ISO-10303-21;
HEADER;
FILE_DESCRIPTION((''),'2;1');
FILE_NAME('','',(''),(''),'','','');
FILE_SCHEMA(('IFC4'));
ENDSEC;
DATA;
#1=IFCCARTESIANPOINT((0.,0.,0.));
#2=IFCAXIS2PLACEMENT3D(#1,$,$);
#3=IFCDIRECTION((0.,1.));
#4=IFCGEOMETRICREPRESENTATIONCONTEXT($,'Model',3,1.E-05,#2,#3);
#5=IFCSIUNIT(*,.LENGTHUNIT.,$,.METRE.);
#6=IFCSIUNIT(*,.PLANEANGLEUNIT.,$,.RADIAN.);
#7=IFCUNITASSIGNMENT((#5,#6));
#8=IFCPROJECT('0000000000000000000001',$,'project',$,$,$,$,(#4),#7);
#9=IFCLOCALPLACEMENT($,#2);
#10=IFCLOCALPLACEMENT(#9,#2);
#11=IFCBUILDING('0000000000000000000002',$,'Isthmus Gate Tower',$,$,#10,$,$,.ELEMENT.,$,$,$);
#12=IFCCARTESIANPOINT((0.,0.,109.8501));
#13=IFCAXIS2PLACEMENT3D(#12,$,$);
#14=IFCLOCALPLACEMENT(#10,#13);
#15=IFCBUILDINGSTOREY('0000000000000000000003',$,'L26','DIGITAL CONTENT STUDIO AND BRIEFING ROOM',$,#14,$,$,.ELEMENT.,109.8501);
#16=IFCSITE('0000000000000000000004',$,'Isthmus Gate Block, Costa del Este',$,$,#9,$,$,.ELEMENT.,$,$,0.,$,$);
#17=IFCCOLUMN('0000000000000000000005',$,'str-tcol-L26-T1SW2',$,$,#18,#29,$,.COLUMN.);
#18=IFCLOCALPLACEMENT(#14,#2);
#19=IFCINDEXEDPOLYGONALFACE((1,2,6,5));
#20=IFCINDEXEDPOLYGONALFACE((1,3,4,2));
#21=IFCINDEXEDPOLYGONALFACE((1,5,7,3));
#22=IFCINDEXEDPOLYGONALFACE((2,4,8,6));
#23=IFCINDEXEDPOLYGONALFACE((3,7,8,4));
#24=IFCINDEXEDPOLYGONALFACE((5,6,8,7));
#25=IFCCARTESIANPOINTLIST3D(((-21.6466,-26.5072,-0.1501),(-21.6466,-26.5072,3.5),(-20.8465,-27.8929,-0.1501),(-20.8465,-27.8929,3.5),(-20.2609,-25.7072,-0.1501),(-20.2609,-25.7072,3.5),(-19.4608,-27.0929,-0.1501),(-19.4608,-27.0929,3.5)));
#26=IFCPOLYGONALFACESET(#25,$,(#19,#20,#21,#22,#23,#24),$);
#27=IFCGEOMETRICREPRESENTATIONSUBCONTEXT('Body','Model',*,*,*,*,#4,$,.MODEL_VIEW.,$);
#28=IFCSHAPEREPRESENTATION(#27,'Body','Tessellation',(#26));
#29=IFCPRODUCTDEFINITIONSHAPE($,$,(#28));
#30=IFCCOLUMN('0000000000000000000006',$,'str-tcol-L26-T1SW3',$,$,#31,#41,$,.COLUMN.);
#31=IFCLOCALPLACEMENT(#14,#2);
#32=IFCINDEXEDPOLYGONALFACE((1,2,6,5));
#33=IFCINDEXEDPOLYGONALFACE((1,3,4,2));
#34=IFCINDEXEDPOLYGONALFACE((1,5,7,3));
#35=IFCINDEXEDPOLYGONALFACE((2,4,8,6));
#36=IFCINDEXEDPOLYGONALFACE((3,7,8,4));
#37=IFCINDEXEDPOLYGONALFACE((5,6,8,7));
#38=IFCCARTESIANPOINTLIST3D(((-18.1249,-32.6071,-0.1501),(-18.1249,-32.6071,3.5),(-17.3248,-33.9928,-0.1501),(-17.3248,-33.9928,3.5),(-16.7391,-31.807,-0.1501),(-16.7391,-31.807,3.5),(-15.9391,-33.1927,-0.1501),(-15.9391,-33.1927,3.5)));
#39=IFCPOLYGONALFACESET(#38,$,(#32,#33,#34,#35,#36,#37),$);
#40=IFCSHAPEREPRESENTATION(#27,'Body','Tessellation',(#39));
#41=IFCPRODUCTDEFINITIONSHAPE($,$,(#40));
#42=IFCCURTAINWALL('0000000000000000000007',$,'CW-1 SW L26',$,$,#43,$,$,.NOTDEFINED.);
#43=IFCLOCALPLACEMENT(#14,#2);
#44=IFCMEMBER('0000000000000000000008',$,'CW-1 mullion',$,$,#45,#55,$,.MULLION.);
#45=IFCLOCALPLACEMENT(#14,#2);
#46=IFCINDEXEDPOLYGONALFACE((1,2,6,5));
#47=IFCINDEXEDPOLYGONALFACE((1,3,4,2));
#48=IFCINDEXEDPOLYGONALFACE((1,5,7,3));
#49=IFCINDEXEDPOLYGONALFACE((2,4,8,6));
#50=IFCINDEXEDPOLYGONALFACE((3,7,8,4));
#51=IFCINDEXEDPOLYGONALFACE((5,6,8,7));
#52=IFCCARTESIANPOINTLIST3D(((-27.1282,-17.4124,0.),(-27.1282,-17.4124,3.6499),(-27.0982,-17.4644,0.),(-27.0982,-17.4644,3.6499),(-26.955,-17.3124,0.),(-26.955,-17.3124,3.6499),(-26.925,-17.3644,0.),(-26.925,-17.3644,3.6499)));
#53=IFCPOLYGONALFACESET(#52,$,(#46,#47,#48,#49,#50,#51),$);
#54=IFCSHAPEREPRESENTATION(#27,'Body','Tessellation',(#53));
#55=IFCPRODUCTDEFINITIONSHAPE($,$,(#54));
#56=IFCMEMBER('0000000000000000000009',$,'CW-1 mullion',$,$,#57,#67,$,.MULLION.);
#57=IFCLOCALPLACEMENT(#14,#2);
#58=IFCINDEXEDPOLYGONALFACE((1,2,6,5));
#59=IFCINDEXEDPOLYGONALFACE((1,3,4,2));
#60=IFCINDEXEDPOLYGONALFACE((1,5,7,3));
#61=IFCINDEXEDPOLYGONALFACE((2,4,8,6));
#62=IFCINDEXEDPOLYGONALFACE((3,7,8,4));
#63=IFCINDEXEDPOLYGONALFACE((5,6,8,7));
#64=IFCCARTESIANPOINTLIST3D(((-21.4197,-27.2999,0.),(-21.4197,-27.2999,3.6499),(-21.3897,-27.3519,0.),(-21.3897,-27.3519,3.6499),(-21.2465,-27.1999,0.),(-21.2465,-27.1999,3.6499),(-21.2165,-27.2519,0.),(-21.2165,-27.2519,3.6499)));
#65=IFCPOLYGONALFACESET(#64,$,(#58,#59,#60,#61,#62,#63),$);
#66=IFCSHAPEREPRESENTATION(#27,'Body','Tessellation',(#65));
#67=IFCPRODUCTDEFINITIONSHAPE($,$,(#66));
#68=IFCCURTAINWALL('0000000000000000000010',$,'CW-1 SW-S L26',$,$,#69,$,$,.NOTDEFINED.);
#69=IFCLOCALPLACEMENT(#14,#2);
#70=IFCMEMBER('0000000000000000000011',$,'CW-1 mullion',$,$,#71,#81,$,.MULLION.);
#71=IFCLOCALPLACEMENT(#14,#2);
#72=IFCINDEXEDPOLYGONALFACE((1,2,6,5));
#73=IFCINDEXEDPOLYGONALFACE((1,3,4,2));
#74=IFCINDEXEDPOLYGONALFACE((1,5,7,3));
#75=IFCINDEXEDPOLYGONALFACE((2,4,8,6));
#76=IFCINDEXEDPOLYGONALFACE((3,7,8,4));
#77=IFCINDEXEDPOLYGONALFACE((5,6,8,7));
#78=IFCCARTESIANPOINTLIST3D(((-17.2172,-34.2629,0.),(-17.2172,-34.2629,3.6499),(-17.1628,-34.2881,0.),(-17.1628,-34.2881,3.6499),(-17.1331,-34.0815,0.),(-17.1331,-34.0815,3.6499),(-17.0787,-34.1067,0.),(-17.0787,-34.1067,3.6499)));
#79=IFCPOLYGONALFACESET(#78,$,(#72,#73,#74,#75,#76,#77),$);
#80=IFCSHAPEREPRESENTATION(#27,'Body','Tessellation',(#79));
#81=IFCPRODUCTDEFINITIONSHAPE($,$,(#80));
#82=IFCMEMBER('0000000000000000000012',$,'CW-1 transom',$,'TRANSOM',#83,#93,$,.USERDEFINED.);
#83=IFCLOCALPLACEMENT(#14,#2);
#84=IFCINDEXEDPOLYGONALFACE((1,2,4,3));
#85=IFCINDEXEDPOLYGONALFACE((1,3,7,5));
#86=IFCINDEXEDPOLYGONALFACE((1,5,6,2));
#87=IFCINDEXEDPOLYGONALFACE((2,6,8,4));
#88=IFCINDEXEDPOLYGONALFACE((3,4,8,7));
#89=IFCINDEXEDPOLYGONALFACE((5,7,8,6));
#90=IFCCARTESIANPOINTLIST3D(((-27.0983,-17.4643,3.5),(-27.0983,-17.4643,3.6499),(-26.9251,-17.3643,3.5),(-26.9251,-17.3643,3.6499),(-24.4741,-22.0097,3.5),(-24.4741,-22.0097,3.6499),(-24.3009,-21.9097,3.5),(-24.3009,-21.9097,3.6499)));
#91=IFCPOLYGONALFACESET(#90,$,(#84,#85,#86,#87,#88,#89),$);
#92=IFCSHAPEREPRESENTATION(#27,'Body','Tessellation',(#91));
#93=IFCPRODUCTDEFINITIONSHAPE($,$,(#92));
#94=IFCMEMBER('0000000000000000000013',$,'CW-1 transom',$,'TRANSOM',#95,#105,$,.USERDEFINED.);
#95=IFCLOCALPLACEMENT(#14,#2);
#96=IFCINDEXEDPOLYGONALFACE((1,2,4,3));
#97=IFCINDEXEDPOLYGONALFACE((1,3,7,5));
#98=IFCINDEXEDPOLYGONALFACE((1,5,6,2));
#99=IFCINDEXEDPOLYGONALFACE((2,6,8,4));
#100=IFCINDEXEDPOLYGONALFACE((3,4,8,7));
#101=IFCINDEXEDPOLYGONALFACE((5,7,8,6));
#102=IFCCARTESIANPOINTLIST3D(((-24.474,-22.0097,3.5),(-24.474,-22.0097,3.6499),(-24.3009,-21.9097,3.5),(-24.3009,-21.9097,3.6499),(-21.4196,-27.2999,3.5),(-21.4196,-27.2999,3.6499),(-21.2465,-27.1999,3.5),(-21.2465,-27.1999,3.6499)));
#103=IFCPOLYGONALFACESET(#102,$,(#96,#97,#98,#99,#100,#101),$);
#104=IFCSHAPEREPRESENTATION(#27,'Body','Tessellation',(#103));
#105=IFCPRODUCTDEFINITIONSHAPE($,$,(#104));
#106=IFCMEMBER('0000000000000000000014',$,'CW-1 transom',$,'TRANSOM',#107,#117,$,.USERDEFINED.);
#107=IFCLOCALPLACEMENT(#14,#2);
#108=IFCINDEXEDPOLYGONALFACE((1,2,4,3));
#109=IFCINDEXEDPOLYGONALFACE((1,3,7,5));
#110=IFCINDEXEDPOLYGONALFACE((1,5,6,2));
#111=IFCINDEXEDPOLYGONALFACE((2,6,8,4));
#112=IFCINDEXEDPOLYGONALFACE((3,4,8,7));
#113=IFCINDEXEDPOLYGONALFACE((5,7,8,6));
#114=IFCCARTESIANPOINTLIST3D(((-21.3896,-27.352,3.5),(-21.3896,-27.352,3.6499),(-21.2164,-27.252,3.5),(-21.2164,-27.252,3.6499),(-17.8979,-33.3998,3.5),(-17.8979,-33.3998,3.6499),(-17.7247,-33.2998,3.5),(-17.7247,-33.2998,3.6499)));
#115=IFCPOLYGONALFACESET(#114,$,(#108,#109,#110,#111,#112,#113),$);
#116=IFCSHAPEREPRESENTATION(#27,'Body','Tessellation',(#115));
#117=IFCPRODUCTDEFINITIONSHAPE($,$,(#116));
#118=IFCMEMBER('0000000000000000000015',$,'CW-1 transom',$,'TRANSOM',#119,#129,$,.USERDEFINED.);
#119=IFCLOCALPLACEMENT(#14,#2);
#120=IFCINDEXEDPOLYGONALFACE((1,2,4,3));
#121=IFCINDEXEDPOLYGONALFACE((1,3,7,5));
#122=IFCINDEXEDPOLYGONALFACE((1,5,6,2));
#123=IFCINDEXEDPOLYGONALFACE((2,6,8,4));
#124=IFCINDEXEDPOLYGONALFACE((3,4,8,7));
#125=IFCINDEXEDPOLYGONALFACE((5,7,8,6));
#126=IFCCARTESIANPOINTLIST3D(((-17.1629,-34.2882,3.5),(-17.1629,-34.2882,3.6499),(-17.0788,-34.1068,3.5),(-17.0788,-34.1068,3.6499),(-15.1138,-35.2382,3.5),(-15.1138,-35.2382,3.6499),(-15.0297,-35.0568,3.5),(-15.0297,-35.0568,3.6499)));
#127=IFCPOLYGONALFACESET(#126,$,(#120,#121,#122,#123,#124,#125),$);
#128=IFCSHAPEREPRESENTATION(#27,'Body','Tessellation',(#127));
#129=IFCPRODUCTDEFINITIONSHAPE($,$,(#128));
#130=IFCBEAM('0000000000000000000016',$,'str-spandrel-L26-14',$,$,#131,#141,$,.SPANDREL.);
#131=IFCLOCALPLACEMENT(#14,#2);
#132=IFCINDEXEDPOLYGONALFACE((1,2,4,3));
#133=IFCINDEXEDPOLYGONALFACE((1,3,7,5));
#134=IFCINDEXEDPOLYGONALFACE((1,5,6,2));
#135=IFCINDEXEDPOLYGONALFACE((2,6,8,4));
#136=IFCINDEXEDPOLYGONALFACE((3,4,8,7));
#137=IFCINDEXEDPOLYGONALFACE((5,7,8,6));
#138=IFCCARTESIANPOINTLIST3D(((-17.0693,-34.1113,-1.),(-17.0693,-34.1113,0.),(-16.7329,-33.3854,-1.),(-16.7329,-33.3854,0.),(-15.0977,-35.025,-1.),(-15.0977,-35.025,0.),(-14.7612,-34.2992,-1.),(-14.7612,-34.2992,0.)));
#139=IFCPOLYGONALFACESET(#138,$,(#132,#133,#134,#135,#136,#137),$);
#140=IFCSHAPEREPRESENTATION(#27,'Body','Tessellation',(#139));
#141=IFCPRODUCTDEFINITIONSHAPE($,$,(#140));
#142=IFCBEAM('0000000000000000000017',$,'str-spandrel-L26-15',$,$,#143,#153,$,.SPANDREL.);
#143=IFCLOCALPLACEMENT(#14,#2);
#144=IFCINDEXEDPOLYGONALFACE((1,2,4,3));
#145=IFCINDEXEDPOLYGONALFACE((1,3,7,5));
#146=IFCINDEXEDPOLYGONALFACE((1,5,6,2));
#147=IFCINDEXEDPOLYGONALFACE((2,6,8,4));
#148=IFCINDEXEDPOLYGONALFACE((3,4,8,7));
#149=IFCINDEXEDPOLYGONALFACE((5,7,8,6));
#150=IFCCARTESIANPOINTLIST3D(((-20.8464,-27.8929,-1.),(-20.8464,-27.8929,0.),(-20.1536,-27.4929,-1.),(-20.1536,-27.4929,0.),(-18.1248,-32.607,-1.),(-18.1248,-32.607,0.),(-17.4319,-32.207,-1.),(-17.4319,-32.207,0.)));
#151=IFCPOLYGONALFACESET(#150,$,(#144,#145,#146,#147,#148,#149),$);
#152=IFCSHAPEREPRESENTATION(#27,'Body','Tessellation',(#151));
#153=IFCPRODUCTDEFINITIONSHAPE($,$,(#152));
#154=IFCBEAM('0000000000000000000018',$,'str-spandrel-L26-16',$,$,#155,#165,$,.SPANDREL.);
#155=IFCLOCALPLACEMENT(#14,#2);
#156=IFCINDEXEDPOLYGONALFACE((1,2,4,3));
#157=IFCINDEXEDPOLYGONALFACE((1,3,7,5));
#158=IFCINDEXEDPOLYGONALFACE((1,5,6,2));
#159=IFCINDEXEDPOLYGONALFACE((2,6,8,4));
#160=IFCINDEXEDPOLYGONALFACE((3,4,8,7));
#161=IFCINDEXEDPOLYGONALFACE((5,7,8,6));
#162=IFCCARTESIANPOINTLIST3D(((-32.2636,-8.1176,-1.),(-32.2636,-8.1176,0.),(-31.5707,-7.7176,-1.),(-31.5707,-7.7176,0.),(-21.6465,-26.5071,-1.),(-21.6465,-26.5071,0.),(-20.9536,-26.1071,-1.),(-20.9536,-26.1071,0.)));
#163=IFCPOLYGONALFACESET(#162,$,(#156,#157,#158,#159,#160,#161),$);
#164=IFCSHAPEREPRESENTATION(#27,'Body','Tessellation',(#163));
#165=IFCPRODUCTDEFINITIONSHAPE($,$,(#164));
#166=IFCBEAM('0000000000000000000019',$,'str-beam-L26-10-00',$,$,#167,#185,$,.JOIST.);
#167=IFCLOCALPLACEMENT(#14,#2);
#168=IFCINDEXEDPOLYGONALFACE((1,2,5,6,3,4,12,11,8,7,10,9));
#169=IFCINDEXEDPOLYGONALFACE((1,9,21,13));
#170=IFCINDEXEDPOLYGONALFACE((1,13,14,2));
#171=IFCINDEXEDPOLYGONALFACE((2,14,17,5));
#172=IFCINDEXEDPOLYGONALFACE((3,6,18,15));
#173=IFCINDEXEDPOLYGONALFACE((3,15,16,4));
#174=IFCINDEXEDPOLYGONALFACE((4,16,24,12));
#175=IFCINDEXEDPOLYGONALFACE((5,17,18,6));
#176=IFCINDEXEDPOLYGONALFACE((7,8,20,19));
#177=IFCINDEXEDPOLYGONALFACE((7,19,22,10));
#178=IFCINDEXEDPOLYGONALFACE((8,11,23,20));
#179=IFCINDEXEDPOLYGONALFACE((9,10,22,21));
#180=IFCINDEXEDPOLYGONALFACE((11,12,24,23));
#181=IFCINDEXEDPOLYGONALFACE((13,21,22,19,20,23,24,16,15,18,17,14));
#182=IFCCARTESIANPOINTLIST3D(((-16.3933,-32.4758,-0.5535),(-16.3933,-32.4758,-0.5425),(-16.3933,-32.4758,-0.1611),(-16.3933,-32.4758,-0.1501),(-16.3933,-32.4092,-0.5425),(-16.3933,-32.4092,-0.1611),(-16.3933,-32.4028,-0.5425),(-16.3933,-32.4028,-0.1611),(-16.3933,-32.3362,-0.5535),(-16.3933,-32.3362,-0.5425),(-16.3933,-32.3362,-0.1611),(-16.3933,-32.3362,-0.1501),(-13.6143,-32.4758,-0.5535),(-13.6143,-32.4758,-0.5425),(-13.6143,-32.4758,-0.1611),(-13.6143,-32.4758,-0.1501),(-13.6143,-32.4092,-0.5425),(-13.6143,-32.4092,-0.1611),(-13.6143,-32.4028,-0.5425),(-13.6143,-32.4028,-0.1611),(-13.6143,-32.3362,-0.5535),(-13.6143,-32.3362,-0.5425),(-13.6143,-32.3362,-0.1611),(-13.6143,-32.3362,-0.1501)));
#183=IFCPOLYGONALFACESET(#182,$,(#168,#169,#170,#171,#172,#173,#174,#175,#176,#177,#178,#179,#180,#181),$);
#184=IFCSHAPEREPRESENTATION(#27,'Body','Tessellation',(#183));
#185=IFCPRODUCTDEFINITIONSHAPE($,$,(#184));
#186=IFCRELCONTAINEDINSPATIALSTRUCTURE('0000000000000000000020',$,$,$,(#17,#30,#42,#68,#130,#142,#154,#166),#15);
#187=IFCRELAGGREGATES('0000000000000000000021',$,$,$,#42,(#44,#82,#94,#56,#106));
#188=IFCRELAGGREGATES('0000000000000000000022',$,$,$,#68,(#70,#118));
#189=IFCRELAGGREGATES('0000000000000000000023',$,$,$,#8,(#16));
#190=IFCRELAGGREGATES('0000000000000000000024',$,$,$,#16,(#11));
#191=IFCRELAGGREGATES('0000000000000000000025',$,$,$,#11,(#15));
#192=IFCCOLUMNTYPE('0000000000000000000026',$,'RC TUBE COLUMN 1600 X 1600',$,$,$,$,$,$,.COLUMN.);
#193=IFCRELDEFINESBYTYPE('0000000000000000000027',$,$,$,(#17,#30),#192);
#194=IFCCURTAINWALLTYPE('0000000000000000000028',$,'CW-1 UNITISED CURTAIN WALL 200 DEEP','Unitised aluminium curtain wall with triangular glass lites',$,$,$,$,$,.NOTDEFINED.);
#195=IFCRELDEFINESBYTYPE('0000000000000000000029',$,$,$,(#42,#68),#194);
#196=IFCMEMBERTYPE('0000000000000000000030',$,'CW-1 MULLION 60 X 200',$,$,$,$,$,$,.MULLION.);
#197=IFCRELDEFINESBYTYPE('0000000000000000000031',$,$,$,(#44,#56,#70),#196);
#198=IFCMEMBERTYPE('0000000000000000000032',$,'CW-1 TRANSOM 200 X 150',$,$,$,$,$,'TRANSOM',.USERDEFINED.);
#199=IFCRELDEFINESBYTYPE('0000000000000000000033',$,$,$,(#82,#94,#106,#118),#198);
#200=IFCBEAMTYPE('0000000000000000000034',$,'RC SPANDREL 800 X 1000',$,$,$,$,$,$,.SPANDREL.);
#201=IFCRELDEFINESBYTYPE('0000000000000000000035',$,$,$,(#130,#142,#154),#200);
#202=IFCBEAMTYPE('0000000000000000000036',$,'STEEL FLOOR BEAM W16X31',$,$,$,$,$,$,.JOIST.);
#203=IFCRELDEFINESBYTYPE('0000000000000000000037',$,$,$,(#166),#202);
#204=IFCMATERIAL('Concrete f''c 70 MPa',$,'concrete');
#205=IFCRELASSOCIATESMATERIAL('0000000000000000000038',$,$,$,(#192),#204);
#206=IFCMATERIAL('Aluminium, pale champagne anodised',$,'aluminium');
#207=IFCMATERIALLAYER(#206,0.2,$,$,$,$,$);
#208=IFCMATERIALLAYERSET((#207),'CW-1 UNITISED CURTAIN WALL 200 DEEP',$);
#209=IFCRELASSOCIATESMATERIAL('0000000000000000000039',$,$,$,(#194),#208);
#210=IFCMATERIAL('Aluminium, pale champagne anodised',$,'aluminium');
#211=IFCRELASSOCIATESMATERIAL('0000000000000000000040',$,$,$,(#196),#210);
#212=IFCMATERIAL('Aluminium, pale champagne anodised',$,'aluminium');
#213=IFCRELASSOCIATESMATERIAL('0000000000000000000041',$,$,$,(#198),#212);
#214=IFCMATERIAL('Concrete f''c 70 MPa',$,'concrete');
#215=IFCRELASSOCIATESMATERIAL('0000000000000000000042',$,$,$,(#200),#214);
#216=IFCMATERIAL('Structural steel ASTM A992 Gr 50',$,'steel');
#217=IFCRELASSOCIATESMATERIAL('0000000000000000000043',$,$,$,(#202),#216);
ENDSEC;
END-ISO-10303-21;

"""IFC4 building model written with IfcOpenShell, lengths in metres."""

from ifc_helpers import new_model, si_unit, direction, frame, origin, origin_2d, place, context, subcontext, project, spatial, rectangle, i_section, extrude, material, layer, layer_set, material_profile, profile_set, type_object, element, aggregate, save


model = new_model("IFC4")

# Units and contexts
model_context = context("Model", 3, precision=1e-05, world=origin(), true_north=direction((0.0, 1.0)))
body_context = subcontext(model_context, "Body", "Model", "MODEL_VIEW")
ifc_project = project(units=[si_unit("LENGTHUNIT", "METRE"), si_unit("PLANEANGLEUNIT", "RADIAN")], contexts=[model_context])

# Site, building, storey
site_placement = place(None, origin())
site = spatial("IfcSite", under=ifc_project, at=site_placement, Name="Isthmus Gate Block, Costa del Este", CompositionType="ELEMENT", RefElevation=0.0)
building_placement = place(site_placement, origin())
building = spatial("IfcBuilding", under=site, at=building_placement, Name="Isthmus Gate Tower", CompositionType="ELEMENT")
storey_placement = place(building_placement, frame((0.0, 0.0, 109.8501)))
storey = spatial("IfcBuildingStorey", under=building, at=storey_placement, Name="L26", Description="DIGITAL CONTENT STUDIO AND BRIEFING ROOM", CompositionType="ELEMENT", Elevation=109.8501)

# Columns
ifc_material_1 = material(Name="Concrete f'c 70 MPa", Category="concrete")
ifc_material_profile_1 = material_profile(ifc_material_1, rectangle(XDim=1.6001, YDim=1.6001, at=origin_2d()), Name="RC 1600X1600")
ifc_profile_set_1 = profile_set([ifc_material_profile_1], Name="Concrete f'c 70 MPa")
column_type = type_object("IfcColumnType", Name="RC TUBE COLUMN 1600 X 1600", PredefinedType="COLUMN", material=ifc_profile_set_1)
for number, where, z_axis, x_axis, name in (
    (1, (-20.5537, -26.8, -0.1501), (0.0, 0.0, 1.0), (0.5, -0.866025, 0.0), "str-tcol-L26-T1SW2"),
    (2, (-17.032, -32.8999, -0.1501), (0.0, 0.0, 1.0), (0.5, -0.866025, 0.0), "str-tcol-L26-T1SW3"),
):
    element("IfcColumn", number, at=place(storey_placement, frame(where, z_axis=z_axis, x_axis=x_axis)), inside=storey, type_object=column_type, Name=name, PredefinedType="COLUMN", context=body_context, shape_type="SweptSolid", body=[
        extrude(rectangle(XDim=1.6001, YDim=1.6001, at=origin_2d()), origin(), (0.0, 0.0, 1.0), 3.6501),
    ])

# Curtain wall, members
ifc_material_2 = material(Name="Aluminium, pale champagne anodised", Category="aluminium")
ifc_layer_1 = layer(ifc_material_2, 0.2)
ifc_layer_set_1 = layer_set([ifc_layer_1], Name="CW-1 UNITISED CURTAIN WALL 200 DEEP")
curtain_wall_type = type_object("IfcCurtainWallType", Name="CW-1 UNITISED CURTAIN WALL 200 DEEP", Description="Unitised aluminium curtain wall with triangular glass lites", PredefinedType="NOTDEFINED", material=ifc_layer_set_1)
curtain_wall_1_placement = place(storey_placement, origin())
curtain_wall_1 = element("IfcCurtainWall", 3, at=curtain_wall_1_placement, inside=storey, type_object=curtain_wall_type, Name="CW-1 SW L26", PredefinedType="NOTDEFINED")
ifc_material_3 = material(Name="Aluminium, pale champagne anodised", Category="aluminium")
ifc_material_profile_2 = material_profile(ifc_material_3, rectangle(XDim=0.0601, YDim=0.2, at=origin_2d()), Name="60x200")
ifc_profile_set_2 = profile_set([ifc_material_profile_2], Name="Aluminium, pale champagne anodised")
member_type_1 = type_object("IfcMemberType", Name="CW-1 MULLION 60 X 200", PredefinedType="MULLION", material=ifc_profile_set_2)
member_1_placement = place(storey_placement, frame((-27.0266, -17.3884, 0.0), z_axis=(0.0, 0.0, 1.0), x_axis=(0.5, -0.866025, 0.0)))
member_1 = element("IfcMember", 4, at=member_1_placement, type_object=member_type_1, Name="CW-1 mullion", PredefinedType="MULLION", context=body_context, shape_type="SweptSolid", body=[
    extrude(rectangle(XDim=0.0601, YDim=0.2, at=origin_2d()), origin(), (0.0, 0.0, 1.0), 3.6499),
])
member_2_placement = place(storey_placement, frame((-21.3181, -27.2759, 0.0), z_axis=(0.0, 0.0, 1.0), x_axis=(0.5, -0.866025, 0.0)))
member_2 = element("IfcMember", 5, at=member_2_placement, type_object=member_type_1, Name="CW-1 mullion", PredefinedType="MULLION", context=body_context, shape_type="SweptSolid", body=[
    extrude(rectangle(XDim=0.0601, YDim=0.2, at=origin_2d()), origin(), (0.0, 0.0, 1.0), 3.6499),
])

# Curtain wall, member
curtain_wall_2_placement = place(storey_placement, origin())
curtain_wall_2 = element("IfcCurtainWall", 6, at=curtain_wall_2_placement, inside=storey, type_object=curtain_wall_type, Name="CW-1 SW-S L26", PredefinedType="NOTDEFINED")
member_3_placement = place(storey_placement, frame((-17.1479, -34.1848, 0.0), z_axis=(0.0, 0.0, 1.0), x_axis=(0.907256, -0.420578, 0.0)))
member_3 = element("IfcMember", 7, at=member_3_placement, type_object=member_type_1, Name="CW-1 mullion", PredefinedType="MULLION", context=body_context, shape_type="SweptSolid", body=[
    extrude(rectangle(XDim=0.0601, YDim=0.2, at=origin_2d()), origin(), (0.0, 0.0, 1.0), 3.6499),
])

# Members
ifc_material_4 = material(Name="Aluminium, pale champagne anodised", Category="aluminium")
ifc_material_profile_3 = material_profile(ifc_material_4, rectangle(XDim=0.2, YDim=0.1499, at=origin_2d()), Name="200x150")
ifc_profile_set_3 = profile_set([ifc_material_profile_3], Name="Aluminium, pale champagne anodised")
member_type_2 = type_object("IfcMemberType", Name="CW-1 TRANSOM 200 X 150", ElementType="TRANSOM", PredefinedType="USERDEFINED", material=ifc_profile_set_3)
member_4_placement = place(storey_placement, frame((-27.0117, -17.4143, 3.575), z_axis=(0.499996, -0.866028, 0.0), x_axis=(0.866028, 0.499996, 0.0)))
member_4 = element("IfcMember", 8, at=member_4_placement, type_object=member_type_2, Name="CW-1 transom", ObjectType="TRANSOM", PredefinedType="USERDEFINED", context=body_context, shape_type="SweptSolid", body=[
    extrude(rectangle(XDim=0.2, YDim=0.1499, at=origin_2d()), origin(), (0.0, 0.0, 1.0), 5.2485),
])
member_5_placement = place(storey_placement, frame((-24.3875, -21.9597, 3.575), z_axis=(0.500012, -0.866019, 0.0), x_axis=(0.866019, 0.500012, 0.0)))
member_5 = element("IfcMember", 9, at=member_5_placement, type_object=member_type_2, Name="CW-1 transom", ObjectType="TRANSOM", PredefinedType="USERDEFINED", context=body_context, shape_type="SweptSolid", body=[
    extrude(rectangle(XDim=0.2, YDim=0.1499, at=origin_2d()), origin(), (0.0, 0.0, 1.0), 6.1086),
])
member_6_placement = place(storey_placement, frame((-21.303, -27.302, 3.575), z_axis=(0.499997, -0.866027, 0.0), x_axis=(0.866027, 0.499997, 0.0)))
member_6 = element("IfcMember", 10, at=member_6_placement, type_object=member_type_2, Name="CW-1 transom", ObjectType="TRANSOM", PredefinedType="USERDEFINED", context=body_context, shape_type="SweptSolid", body=[
    extrude(rectangle(XDim=0.2, YDim=0.1499, at=origin_2d()), origin(), (0.0, 0.0, 1.0), 6.9834),
])
member_7_placement = place(storey_placement, frame((-17.1208, -34.1975, 3.575), z_axis=(0.907246, -0.4206, 0.0), x_axis=(0.4206, 0.907246, 0.0)))
member_7 = element("IfcMember", 11, at=member_7_placement, type_object=member_type_2, Name="CW-1 transom", ObjectType="TRANSOM", PredefinedType="USERDEFINED", context=body_context, shape_type="SweptSolid", body=[
    extrude(rectangle(XDim=0.2, YDim=0.1499, at=origin_2d()), origin(), (0.0, 0.0, 1.0), 2.2585),
])

# Beams
ifc_material_5 = material(Name="Concrete f'c 70 MPa", Category="concrete")
ifc_material_profile_4 = material_profile(ifc_material_5, rectangle(XDim=0.8, YDim=1.0, at=origin_2d()), Name="RC 800X1000")
ifc_profile_set_4 = profile_set([ifc_material_profile_4], Name="Concrete f'c 70 MPa")
beam_type_1 = type_object("IfcBeamType", Name="RC SPANDREL 800 X 1000", PredefinedType="SPANDREL", material=ifc_profile_set_4)
beam_1_placement = place(storey_placement, frame((-14.9294, -34.6621, -0.5), z_axis=(-0.907291, 0.420504, 0.0), x_axis=(-0.420504, -0.907291, 0.0)))
element("IfcBeam", 12, at=beam_1_placement, inside=storey, type_object=beam_type_1, Name="str-spandrel-L26-14", PredefinedType="SPANDREL", context=body_context, shape_type="SweptSolid", body=[
    extrude(rectangle(XDim=0.8, YDim=1.0, at=origin_2d()), origin(), (0.0, 0.0, 1.0), 2.1731),
])
beam_2_placement = place(storey_placement, frame((-17.7783, -32.407, -0.5), z_axis=(-0.499998, 0.866026, 0.0), x_axis=(-0.866026, -0.499998, 0.0)))
element("IfcBeam", 13, at=beam_2_placement, inside=storey, type_object=beam_type_1, Name="str-spandrel-L26-15", PredefinedType="SPANDREL", context=body_context, shape_type="SweptSolid", body=[
    extrude(rectangle(XDim=0.8, YDim=1.0, at=origin_2d()), origin(), (0.0, 0.0, 1.0), 5.4434),
])
beam_3_placement = place(storey_placement, frame((-21.3, -26.3071, -0.5), z_axis=(-0.499997, 0.866027, 0.0), x_axis=(-0.866027, -0.499997, 0.0)))
element("IfcBeam", 14, at=beam_3_placement, inside=storey, type_object=beam_type_1, Name="str-spandrel-L26-16", PredefinedType="SPANDREL", context=body_context, shape_type="SweptSolid", body=[
    extrude(rectangle(XDim=0.8, YDim=1.0, at=origin_2d()), origin(), (0.0, 0.0, 1.0), 21.2344),
])
ifc_material_6 = material(Name="Structural steel ASTM A992 Gr 50", Category="steel")
ifc_material_profile_5 = material_profile(ifc_material_6, i_section(OverallWidth=0.1396, OverallDepth=0.4033, WebThickness=0.0063, FlangeThickness=0.011, at=origin_2d()), Name="W16X31")
ifc_profile_set_5 = profile_set([ifc_material_profile_5], Name="Structural steel ASTM A992 Gr 50")
beam_type_2 = type_object("IfcBeamType", Name="STEEL FLOOR BEAM W16X31", PredefinedType="JOIST", material=ifc_profile_set_5)
beam_4_placement = place(storey_placement, frame((-16.3933, -32.406, -0.3518), z_axis=(1.0, 0.0, 0.0), x_axis=(0.0, 1.0, 0.0)))
element("IfcBeam", 15, at=beam_4_placement, inside=storey, type_object=beam_type_2, Name="str-beam-L26-10-00", PredefinedType="JOIST", context=body_context, shape_type="SweptSolid", body=[
    extrude(i_section(OverallWidth=0.1396, OverallDepth=0.4033, WebThickness=0.0063, FlangeThickness=0.011, at=origin_2d()), origin(), (0.0, 0.0, 1.0), 2.7791),
])

aggregate(curtain_wall_1, [member_1, member_4, member_5, member_2, member_6])
aggregate(curtain_wall_2, [member_3, member_7])

save(model, "model.ifc")
